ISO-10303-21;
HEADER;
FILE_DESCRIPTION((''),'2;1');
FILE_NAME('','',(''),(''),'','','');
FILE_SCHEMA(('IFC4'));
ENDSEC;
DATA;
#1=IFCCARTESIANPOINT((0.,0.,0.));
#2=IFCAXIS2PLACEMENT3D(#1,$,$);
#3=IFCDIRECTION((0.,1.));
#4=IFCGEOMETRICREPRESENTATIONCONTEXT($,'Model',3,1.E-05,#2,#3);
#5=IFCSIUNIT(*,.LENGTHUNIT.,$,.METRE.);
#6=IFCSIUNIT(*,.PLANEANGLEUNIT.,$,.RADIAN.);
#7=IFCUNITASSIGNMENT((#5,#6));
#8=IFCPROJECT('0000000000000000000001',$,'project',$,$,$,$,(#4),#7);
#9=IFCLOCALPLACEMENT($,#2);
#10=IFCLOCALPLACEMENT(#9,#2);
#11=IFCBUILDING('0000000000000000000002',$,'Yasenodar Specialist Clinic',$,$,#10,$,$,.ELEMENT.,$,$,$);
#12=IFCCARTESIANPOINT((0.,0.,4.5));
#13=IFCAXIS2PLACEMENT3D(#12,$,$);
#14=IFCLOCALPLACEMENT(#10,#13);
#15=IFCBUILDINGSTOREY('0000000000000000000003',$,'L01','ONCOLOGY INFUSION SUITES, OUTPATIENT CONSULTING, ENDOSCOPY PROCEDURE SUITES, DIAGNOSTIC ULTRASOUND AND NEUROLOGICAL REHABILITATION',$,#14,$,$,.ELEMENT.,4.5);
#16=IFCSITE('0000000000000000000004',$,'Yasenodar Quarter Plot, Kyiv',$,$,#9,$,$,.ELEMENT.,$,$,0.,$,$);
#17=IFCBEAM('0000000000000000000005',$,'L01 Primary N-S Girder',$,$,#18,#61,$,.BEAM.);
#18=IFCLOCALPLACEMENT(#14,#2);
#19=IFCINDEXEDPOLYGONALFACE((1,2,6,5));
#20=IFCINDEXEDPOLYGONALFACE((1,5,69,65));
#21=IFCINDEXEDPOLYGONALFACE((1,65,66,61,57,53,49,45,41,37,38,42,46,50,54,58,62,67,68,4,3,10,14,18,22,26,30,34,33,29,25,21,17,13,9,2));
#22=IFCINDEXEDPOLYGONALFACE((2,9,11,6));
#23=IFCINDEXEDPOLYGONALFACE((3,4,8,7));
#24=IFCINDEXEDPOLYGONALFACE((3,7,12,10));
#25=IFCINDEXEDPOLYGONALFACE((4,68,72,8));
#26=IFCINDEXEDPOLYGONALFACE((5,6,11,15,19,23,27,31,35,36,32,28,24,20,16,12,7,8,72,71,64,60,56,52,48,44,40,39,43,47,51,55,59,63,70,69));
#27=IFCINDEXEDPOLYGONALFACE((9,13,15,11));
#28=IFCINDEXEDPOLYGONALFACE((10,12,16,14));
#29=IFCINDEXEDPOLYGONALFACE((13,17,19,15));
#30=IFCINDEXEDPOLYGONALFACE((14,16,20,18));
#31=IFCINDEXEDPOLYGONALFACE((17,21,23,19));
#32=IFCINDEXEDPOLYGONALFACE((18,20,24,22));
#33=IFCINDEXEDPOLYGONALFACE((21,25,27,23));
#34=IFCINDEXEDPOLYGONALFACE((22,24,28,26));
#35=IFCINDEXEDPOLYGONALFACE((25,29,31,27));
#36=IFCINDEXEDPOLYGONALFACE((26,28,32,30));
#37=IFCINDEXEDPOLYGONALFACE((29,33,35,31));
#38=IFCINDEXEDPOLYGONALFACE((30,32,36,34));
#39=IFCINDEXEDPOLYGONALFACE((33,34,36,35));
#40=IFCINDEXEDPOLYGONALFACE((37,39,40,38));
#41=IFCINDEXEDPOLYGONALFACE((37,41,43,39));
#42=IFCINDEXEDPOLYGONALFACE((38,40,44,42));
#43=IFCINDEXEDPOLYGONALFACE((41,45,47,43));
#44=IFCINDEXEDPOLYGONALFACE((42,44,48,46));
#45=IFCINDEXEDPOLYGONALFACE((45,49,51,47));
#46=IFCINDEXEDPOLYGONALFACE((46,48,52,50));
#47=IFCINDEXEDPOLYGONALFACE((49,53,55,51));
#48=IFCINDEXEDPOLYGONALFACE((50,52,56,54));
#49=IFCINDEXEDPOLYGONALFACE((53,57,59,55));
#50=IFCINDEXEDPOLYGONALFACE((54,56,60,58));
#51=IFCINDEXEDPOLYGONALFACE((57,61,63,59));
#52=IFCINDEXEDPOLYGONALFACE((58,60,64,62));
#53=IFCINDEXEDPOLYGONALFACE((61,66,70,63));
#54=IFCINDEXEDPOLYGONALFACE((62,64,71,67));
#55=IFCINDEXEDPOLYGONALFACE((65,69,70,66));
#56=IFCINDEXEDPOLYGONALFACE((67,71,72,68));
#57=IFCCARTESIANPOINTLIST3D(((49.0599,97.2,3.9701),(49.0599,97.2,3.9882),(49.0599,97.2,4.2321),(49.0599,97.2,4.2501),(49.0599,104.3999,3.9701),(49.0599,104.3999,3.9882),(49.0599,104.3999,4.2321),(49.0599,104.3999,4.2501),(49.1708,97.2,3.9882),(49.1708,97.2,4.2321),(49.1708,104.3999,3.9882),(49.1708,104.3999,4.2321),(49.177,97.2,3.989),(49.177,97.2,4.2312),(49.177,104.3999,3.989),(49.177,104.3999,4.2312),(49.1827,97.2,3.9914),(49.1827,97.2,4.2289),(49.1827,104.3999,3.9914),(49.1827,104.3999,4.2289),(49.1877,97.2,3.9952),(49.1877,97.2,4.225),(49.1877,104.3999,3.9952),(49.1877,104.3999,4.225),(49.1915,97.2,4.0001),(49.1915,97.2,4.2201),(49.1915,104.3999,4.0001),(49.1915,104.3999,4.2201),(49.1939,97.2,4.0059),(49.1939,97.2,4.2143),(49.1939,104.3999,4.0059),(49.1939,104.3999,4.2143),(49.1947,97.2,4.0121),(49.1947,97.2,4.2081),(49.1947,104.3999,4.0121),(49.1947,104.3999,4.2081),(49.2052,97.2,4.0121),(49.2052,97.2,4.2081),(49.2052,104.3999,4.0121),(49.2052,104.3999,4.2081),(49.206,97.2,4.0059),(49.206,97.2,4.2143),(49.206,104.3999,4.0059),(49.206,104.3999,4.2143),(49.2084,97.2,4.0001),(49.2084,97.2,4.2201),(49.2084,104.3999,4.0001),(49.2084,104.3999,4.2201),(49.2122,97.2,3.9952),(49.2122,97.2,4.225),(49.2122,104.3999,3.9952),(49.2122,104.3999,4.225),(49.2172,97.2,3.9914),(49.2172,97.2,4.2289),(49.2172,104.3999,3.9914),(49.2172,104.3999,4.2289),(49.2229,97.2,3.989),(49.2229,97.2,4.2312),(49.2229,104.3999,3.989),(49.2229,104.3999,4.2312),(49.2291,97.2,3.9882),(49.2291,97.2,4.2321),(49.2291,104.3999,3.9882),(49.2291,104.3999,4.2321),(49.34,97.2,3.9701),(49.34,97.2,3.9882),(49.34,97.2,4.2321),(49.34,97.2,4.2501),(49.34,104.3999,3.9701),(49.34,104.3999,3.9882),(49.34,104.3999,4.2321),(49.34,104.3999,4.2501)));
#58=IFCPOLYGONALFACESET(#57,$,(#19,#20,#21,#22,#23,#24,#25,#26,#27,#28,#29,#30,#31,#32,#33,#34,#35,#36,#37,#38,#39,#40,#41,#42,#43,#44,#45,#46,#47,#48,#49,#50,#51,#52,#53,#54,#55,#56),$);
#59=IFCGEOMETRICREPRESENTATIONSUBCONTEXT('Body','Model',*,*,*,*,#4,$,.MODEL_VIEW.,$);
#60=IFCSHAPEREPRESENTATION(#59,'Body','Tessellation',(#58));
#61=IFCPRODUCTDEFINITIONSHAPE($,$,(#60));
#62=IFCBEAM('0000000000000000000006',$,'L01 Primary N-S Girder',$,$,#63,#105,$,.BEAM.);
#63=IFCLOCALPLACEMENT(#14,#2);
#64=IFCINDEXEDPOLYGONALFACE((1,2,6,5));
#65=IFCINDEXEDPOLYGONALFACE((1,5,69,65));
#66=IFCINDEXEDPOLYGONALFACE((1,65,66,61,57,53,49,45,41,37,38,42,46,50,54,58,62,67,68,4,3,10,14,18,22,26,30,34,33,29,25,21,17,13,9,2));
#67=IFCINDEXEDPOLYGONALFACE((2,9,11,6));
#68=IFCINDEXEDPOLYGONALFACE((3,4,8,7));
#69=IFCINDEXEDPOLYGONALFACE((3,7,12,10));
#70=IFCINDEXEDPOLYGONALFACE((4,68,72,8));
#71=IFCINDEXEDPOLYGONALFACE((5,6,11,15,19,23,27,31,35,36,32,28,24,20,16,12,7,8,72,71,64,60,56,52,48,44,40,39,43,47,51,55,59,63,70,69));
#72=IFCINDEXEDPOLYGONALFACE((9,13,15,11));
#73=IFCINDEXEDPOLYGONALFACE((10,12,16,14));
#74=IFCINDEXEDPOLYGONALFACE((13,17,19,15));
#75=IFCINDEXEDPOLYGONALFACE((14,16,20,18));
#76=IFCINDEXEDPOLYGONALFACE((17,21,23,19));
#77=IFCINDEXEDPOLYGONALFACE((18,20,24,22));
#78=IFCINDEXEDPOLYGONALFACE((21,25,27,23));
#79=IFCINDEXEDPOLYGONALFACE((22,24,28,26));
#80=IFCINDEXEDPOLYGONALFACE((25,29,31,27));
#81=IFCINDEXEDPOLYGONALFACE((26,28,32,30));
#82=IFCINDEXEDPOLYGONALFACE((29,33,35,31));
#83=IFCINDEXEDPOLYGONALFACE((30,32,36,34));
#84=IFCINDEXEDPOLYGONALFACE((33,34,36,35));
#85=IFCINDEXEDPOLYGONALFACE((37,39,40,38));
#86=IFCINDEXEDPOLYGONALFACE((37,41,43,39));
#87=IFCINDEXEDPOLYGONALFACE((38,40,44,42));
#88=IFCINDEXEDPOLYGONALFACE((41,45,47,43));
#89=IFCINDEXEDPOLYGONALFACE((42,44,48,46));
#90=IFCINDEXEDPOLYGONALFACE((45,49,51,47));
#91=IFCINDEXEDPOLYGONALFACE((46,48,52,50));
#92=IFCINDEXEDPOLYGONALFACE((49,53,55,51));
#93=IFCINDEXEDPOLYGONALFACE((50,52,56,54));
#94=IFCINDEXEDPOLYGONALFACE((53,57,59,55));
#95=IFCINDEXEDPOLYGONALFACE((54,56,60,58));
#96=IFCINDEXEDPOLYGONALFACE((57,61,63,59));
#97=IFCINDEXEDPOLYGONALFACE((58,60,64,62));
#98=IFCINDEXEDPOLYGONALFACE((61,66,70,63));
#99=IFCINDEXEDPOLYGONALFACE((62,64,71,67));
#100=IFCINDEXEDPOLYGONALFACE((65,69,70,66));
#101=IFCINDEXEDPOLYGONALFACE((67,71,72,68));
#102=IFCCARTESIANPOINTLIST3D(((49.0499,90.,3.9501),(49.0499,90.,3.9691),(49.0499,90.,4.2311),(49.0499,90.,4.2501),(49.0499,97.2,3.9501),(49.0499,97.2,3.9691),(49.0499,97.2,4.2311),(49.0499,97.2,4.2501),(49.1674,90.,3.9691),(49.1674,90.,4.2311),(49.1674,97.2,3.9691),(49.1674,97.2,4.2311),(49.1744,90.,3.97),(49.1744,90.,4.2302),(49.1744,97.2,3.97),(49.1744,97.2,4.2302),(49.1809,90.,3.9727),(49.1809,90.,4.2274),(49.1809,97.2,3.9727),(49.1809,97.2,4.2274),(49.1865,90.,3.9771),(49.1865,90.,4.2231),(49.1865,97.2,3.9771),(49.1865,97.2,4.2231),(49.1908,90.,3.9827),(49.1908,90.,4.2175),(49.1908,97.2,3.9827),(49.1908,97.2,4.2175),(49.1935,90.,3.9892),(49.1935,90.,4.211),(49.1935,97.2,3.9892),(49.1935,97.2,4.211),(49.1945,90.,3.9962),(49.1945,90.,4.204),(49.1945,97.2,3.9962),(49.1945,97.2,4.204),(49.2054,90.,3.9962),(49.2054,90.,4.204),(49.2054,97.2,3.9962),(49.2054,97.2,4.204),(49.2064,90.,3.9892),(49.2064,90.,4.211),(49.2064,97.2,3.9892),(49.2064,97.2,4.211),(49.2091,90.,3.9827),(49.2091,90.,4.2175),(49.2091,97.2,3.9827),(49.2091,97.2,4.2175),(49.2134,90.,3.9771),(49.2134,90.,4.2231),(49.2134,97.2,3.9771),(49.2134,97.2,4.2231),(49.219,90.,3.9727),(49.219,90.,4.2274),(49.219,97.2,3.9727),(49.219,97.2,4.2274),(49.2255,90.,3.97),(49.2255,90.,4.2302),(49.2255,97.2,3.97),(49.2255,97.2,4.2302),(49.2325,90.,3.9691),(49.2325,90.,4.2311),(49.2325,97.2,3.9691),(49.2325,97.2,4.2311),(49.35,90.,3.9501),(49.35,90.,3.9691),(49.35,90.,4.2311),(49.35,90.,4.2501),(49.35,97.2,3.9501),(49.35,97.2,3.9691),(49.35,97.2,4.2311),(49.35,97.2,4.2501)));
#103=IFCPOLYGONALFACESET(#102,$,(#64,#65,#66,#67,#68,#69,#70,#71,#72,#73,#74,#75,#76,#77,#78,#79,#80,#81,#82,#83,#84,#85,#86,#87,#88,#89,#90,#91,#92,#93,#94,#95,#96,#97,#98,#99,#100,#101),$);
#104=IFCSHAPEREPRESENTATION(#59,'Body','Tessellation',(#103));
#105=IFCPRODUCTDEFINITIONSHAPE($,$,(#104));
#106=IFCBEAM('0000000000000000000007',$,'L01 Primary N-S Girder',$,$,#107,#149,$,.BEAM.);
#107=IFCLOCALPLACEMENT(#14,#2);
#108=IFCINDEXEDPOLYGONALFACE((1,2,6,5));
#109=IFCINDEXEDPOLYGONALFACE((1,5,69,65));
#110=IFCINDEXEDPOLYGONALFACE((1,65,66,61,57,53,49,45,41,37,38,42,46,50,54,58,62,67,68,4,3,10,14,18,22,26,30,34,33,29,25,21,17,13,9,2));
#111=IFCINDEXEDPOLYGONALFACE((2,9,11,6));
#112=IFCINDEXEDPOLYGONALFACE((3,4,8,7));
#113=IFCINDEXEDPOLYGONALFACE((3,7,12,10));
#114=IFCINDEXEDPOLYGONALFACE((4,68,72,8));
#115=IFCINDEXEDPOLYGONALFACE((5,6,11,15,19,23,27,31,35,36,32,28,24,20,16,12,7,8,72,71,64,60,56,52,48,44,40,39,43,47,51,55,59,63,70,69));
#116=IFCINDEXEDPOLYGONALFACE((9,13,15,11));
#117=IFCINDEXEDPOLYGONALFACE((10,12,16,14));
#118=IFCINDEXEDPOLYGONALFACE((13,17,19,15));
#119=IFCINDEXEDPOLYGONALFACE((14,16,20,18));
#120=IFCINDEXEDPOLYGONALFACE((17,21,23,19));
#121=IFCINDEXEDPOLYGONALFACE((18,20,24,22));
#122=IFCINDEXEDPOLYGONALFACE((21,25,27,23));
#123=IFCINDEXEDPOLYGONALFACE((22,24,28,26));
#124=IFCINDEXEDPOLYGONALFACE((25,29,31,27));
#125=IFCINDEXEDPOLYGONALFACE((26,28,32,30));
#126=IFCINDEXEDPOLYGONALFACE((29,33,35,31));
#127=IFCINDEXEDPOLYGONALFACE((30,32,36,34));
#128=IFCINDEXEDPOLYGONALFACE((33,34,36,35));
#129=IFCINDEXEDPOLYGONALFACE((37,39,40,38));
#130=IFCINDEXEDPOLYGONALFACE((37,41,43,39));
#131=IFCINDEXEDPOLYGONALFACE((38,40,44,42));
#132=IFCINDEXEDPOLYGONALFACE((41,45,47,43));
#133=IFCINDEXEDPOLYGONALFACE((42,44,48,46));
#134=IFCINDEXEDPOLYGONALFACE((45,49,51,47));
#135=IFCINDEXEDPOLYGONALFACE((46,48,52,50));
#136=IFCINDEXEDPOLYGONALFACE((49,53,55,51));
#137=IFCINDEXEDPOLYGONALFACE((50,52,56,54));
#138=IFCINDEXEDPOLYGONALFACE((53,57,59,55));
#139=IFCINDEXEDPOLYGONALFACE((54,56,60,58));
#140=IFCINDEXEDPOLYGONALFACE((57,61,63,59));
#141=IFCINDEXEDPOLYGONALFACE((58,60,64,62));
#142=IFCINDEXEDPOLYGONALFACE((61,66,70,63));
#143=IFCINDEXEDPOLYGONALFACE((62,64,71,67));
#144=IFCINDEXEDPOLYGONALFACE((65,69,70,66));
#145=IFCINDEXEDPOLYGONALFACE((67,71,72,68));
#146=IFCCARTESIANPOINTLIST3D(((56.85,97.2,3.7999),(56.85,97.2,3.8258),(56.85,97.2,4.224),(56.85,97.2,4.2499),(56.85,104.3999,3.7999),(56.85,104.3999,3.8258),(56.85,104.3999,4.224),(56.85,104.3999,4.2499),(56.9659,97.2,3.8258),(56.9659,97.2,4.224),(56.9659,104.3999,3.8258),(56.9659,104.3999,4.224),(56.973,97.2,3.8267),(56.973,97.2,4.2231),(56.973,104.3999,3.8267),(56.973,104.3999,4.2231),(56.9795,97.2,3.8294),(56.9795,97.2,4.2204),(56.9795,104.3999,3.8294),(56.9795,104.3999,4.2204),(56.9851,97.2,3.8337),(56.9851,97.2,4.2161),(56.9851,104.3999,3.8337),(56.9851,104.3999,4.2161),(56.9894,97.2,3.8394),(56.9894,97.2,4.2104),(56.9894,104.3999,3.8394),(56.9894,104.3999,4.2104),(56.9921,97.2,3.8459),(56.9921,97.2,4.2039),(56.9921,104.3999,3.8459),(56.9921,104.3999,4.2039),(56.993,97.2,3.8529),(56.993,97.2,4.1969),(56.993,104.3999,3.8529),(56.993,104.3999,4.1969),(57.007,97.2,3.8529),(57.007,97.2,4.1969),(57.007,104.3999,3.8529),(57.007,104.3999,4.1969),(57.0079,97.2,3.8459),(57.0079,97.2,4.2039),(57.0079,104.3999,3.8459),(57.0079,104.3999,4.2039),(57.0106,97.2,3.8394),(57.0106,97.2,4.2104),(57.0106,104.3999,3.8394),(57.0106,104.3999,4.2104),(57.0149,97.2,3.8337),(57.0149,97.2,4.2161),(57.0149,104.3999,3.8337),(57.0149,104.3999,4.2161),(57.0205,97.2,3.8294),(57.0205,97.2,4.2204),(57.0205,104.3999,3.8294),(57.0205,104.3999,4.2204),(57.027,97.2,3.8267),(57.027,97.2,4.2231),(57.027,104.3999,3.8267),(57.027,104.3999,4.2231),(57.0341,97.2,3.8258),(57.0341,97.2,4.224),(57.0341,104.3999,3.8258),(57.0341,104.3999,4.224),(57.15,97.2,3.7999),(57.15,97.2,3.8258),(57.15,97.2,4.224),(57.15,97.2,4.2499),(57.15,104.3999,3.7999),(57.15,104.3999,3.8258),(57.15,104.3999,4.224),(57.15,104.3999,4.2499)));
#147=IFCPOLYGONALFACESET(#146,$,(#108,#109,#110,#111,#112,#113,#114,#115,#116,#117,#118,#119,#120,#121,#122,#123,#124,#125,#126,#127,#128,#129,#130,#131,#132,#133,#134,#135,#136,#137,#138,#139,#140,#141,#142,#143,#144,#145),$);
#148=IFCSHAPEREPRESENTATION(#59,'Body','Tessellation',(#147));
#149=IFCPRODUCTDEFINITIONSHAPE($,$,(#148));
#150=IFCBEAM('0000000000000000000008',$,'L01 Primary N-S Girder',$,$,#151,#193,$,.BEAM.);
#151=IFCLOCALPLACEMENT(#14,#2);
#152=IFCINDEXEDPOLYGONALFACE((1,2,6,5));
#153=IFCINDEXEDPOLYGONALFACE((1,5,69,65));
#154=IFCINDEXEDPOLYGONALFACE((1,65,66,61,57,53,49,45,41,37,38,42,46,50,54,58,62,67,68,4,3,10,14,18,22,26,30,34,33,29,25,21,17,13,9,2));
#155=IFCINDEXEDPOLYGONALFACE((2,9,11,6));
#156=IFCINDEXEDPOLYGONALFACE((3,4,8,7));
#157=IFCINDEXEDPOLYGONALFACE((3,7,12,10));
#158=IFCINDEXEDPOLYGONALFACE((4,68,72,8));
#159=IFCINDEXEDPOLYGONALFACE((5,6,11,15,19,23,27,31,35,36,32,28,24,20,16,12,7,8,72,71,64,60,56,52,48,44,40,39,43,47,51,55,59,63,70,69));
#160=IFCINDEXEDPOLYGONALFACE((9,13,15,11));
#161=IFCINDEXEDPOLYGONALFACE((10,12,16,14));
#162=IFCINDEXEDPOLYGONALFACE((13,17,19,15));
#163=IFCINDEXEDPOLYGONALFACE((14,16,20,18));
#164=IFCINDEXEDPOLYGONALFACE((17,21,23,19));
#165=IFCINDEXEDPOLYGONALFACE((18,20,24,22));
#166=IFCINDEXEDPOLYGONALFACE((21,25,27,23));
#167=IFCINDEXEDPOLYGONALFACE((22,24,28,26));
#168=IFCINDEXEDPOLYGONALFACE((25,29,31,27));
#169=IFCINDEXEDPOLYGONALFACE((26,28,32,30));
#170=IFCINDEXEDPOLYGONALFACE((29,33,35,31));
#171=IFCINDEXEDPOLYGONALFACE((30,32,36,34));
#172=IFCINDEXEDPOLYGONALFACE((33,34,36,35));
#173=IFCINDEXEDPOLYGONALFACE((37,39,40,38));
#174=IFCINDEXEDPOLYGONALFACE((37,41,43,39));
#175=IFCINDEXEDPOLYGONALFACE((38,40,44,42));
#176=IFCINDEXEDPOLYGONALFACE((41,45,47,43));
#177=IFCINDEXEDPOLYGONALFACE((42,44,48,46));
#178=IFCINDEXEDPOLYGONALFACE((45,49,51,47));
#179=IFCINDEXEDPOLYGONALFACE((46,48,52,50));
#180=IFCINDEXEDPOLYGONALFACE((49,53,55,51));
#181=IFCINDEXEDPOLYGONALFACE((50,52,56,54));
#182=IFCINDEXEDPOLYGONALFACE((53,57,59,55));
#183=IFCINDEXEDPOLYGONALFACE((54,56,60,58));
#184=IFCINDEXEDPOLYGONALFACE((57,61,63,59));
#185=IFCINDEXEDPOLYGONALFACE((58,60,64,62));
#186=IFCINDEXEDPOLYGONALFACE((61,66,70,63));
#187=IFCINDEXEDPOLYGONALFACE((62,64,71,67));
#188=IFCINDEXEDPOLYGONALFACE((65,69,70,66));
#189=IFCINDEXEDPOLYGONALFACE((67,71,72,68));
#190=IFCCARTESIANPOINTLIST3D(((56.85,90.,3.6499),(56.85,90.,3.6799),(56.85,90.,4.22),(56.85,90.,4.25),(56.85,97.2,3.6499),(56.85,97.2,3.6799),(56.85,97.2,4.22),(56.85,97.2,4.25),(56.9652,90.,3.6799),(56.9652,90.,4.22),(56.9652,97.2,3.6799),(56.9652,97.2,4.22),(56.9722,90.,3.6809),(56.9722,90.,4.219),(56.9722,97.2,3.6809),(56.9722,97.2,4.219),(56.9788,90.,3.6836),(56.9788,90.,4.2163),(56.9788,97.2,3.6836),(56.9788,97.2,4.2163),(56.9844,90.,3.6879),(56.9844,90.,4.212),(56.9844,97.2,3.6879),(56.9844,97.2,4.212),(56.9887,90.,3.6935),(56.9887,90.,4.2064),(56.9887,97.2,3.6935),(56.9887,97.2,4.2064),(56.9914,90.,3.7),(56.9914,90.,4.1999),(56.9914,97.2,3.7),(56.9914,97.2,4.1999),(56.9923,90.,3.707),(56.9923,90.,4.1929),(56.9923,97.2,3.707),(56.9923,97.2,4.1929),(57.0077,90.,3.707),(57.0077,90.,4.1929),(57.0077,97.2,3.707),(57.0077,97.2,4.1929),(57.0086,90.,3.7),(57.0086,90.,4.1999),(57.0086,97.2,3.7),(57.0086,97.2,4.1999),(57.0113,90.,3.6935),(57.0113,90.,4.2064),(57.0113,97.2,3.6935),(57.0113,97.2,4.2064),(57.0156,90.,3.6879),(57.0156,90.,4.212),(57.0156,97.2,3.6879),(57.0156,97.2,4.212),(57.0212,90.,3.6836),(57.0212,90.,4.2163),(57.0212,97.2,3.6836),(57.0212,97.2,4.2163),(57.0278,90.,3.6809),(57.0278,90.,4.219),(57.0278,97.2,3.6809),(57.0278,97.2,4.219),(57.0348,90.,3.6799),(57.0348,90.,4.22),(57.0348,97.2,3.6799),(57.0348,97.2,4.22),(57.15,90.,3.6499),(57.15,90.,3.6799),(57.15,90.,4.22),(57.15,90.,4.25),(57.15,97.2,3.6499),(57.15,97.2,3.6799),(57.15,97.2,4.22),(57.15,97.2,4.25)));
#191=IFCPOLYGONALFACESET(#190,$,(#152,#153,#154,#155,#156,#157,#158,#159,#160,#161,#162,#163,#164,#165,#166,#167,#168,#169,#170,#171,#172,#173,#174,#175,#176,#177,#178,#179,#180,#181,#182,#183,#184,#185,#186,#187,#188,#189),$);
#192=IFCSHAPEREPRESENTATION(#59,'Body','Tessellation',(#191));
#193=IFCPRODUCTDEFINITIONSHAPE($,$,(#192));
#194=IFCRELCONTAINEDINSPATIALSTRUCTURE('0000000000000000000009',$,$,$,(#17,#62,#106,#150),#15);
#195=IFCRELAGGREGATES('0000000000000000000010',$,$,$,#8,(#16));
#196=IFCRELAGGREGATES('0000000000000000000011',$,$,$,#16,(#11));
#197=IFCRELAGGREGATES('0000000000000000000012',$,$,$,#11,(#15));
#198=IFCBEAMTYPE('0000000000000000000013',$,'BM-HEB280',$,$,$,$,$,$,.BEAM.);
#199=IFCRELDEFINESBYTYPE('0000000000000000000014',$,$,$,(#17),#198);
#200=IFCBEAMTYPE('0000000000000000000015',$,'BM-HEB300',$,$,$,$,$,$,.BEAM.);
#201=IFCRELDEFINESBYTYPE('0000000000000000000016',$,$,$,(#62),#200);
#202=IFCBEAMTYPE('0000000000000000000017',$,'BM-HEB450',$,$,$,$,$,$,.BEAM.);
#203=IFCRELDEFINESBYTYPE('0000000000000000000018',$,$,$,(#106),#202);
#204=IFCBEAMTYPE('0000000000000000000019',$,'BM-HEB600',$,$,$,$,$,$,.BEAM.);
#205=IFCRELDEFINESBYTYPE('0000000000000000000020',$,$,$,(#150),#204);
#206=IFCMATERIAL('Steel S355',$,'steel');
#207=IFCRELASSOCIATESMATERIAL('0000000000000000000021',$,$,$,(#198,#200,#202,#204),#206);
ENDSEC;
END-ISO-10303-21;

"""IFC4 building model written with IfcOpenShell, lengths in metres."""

from ifc_helpers import new_model, si_unit, direction, frame, origin, origin_2d, place, context, subcontext, project, spatial, i_section, extrude, material, material_profile, profile_set, type_object, element, save


model = new_model("IFC4")

# Units and contexts
model_context = context("Model", 3, precision=1e-05, world=origin(), true_north=direction((0.0, 1.0)))
body_context = subcontext(model_context, "Body", "Model", "MODEL_VIEW")
ifc_project = project(units=[si_unit("LENGTHUNIT", "METRE"), si_unit("PLANEANGLEUNIT", "RADIAN")], contexts=[model_context])

# Site, building, storey
site_placement = place(None, origin())
site = spatial("IfcSite", under=ifc_project, at=site_placement, Name="Yasenodar Quarter Plot, Kyiv", CompositionType="ELEMENT", RefElevation=0.0)
building_placement = place(site_placement, origin())
building = spatial("IfcBuilding", under=site, at=building_placement, Name="Yasenodar Specialist Clinic", CompositionType="ELEMENT")
storey_placement = place(building_placement, frame((0.0, 0.0, 4.5)))
storey = spatial("IfcBuildingStorey", under=building, at=storey_placement, Name="L01", Description="ONCOLOGY INFUSION SUITES, OUTPATIENT CONSULTING, ENDOSCOPY PROCEDURE SUITES, DIAGNOSTIC ULTRASOUND AND NEUROLOGICAL REHABILITATION", CompositionType="ELEMENT", Elevation=4.5)

# Shared definitions
ifc_material_1 = material(Name="Steel S355", Category="steel")

# Beams
ifc_material_profile_1 = material_profile(ifc_material_1, i_section(OverallWidth=0.28, OverallDepth=0.28, WebThickness=0.0105, FlangeThickness=0.0181, FilletRadius=0.0239, at=origin_2d()), Name="HEB 280")
ifc_profile_set_1 = profile_set([ifc_material_profile_1], Name="Steel S355")
beam_type_1 = type_object("IfcBeamType", Name="BM-HEB280", PredefinedType="BEAM", material=ifc_profile_set_1)
beam_1_placement = place(storey_placement, frame((49.2, 97.2, 4.1101), z_axis=(0.0, 1.0, 0.0), x_axis=(-1.0, 0.0, 0.0)))
element("IfcBeam", 1, at=beam_1_placement, inside=storey, type_object=beam_type_1, Name="L01 Primary N-S Girder", PredefinedType="BEAM", context=body_context, shape_type="SweptSolid", body=[
    extrude(i_section(OverallWidth=0.28, OverallDepth=0.28, WebThickness=0.0105, FlangeThickness=0.0181, FilletRadius=0.0239, at=origin_2d()), origin(), (0.0, 0.0, 1.0), 7.2),
])
ifc_material_profile_2 = material_profile(ifc_material_1, i_section(OverallWidth=0.3, OverallDepth=0.3, WebThickness=0.011, FlangeThickness=0.019, FilletRadius=0.0271, at=origin_2d()), Name="HEB 300")
ifc_profile_set_2 = profile_set([ifc_material_profile_2], Name="Steel S355")
beam_type_2 = type_object("IfcBeamType", Name="BM-HEB300", PredefinedType="BEAM", material=ifc_profile_set_2)
beam_2_placement = place(storey_placement, frame((49.2, 90.0, 4.1001), z_axis=(0.0, 1.0, 0.0), x_axis=(-1.0, 0.0, 0.0)))
element("IfcBeam", 2, at=beam_2_placement, inside=storey, type_object=beam_type_2, Name="L01 Primary N-S Girder", PredefinedType="BEAM", context=body_context, shape_type="SweptSolid", body=[
    extrude(i_section(OverallWidth=0.3, OverallDepth=0.3, WebThickness=0.011, FlangeThickness=0.019, FilletRadius=0.0271, at=origin_2d()), origin(), (0.0, 0.0, 1.0), 7.2),
])
ifc_material_profile_3 = material_profile(ifc_material_1, i_section(OverallWidth=0.3, OverallDepth=0.45, WebThickness=0.0139, FlangeThickness=0.0259, FilletRadius=0.0271, at=origin_2d()), Name="HEB 450")
ifc_profile_set_3 = profile_set([ifc_material_profile_3], Name="Steel S355")
beam_type_3 = type_object("IfcBeamType", Name="BM-HEB450", PredefinedType="BEAM", material=ifc_profile_set_3)
beam_3_placement = place(storey_placement, frame((57.0, 97.2, 4.0249), z_axis=(0.0, 1.0, 0.0), x_axis=(-1.0, 0.0, 0.0)))
element("IfcBeam", 3, at=beam_3_placement, inside=storey, type_object=beam_type_3, Name="L01 Primary N-S Girder", PredefinedType="BEAM", context=body_context, shape_type="SweptSolid", body=[
    extrude(i_section(OverallWidth=0.3, OverallDepth=0.45, WebThickness=0.0139, FlangeThickness=0.0259, FilletRadius=0.0271, at=origin_2d()), origin(), (0.0, 0.0, 1.0), 7.2),
])
ifc_material_profile_4 = material_profile(ifc_material_1, i_section(OverallWidth=0.3, OverallDepth=0.6001, WebThickness=0.0154, FlangeThickness=0.03, FilletRadius=0.0271, at=origin_2d()), Name="HEB 600")
ifc_profile_set_4 = profile_set([ifc_material_profile_4], Name="Steel S355")
beam_type_4 = type_object("IfcBeamType", Name="BM-HEB600", PredefinedType="BEAM", material=ifc_profile_set_4)
beam_4_placement = place(storey_placement, frame((57.0, 90.0, 3.95), z_axis=(0.0, 1.0, 0.0), x_axis=(-1.0, 0.0, 0.0)))
element("IfcBeam", 4, at=beam_4_placement, inside=storey, type_object=beam_type_4, Name="L01 Primary N-S Girder", PredefinedType="BEAM", context=body_context, shape_type="SweptSolid", body=[
    extrude(i_section(OverallWidth=0.3, OverallDepth=0.6001, WebThickness=0.0154, FlangeThickness=0.03, FilletRadius=0.0271, at=origin_2d()), origin(), (0.0, 0.0, 1.0), 7.2),
])

save(model, "model.ifc")
